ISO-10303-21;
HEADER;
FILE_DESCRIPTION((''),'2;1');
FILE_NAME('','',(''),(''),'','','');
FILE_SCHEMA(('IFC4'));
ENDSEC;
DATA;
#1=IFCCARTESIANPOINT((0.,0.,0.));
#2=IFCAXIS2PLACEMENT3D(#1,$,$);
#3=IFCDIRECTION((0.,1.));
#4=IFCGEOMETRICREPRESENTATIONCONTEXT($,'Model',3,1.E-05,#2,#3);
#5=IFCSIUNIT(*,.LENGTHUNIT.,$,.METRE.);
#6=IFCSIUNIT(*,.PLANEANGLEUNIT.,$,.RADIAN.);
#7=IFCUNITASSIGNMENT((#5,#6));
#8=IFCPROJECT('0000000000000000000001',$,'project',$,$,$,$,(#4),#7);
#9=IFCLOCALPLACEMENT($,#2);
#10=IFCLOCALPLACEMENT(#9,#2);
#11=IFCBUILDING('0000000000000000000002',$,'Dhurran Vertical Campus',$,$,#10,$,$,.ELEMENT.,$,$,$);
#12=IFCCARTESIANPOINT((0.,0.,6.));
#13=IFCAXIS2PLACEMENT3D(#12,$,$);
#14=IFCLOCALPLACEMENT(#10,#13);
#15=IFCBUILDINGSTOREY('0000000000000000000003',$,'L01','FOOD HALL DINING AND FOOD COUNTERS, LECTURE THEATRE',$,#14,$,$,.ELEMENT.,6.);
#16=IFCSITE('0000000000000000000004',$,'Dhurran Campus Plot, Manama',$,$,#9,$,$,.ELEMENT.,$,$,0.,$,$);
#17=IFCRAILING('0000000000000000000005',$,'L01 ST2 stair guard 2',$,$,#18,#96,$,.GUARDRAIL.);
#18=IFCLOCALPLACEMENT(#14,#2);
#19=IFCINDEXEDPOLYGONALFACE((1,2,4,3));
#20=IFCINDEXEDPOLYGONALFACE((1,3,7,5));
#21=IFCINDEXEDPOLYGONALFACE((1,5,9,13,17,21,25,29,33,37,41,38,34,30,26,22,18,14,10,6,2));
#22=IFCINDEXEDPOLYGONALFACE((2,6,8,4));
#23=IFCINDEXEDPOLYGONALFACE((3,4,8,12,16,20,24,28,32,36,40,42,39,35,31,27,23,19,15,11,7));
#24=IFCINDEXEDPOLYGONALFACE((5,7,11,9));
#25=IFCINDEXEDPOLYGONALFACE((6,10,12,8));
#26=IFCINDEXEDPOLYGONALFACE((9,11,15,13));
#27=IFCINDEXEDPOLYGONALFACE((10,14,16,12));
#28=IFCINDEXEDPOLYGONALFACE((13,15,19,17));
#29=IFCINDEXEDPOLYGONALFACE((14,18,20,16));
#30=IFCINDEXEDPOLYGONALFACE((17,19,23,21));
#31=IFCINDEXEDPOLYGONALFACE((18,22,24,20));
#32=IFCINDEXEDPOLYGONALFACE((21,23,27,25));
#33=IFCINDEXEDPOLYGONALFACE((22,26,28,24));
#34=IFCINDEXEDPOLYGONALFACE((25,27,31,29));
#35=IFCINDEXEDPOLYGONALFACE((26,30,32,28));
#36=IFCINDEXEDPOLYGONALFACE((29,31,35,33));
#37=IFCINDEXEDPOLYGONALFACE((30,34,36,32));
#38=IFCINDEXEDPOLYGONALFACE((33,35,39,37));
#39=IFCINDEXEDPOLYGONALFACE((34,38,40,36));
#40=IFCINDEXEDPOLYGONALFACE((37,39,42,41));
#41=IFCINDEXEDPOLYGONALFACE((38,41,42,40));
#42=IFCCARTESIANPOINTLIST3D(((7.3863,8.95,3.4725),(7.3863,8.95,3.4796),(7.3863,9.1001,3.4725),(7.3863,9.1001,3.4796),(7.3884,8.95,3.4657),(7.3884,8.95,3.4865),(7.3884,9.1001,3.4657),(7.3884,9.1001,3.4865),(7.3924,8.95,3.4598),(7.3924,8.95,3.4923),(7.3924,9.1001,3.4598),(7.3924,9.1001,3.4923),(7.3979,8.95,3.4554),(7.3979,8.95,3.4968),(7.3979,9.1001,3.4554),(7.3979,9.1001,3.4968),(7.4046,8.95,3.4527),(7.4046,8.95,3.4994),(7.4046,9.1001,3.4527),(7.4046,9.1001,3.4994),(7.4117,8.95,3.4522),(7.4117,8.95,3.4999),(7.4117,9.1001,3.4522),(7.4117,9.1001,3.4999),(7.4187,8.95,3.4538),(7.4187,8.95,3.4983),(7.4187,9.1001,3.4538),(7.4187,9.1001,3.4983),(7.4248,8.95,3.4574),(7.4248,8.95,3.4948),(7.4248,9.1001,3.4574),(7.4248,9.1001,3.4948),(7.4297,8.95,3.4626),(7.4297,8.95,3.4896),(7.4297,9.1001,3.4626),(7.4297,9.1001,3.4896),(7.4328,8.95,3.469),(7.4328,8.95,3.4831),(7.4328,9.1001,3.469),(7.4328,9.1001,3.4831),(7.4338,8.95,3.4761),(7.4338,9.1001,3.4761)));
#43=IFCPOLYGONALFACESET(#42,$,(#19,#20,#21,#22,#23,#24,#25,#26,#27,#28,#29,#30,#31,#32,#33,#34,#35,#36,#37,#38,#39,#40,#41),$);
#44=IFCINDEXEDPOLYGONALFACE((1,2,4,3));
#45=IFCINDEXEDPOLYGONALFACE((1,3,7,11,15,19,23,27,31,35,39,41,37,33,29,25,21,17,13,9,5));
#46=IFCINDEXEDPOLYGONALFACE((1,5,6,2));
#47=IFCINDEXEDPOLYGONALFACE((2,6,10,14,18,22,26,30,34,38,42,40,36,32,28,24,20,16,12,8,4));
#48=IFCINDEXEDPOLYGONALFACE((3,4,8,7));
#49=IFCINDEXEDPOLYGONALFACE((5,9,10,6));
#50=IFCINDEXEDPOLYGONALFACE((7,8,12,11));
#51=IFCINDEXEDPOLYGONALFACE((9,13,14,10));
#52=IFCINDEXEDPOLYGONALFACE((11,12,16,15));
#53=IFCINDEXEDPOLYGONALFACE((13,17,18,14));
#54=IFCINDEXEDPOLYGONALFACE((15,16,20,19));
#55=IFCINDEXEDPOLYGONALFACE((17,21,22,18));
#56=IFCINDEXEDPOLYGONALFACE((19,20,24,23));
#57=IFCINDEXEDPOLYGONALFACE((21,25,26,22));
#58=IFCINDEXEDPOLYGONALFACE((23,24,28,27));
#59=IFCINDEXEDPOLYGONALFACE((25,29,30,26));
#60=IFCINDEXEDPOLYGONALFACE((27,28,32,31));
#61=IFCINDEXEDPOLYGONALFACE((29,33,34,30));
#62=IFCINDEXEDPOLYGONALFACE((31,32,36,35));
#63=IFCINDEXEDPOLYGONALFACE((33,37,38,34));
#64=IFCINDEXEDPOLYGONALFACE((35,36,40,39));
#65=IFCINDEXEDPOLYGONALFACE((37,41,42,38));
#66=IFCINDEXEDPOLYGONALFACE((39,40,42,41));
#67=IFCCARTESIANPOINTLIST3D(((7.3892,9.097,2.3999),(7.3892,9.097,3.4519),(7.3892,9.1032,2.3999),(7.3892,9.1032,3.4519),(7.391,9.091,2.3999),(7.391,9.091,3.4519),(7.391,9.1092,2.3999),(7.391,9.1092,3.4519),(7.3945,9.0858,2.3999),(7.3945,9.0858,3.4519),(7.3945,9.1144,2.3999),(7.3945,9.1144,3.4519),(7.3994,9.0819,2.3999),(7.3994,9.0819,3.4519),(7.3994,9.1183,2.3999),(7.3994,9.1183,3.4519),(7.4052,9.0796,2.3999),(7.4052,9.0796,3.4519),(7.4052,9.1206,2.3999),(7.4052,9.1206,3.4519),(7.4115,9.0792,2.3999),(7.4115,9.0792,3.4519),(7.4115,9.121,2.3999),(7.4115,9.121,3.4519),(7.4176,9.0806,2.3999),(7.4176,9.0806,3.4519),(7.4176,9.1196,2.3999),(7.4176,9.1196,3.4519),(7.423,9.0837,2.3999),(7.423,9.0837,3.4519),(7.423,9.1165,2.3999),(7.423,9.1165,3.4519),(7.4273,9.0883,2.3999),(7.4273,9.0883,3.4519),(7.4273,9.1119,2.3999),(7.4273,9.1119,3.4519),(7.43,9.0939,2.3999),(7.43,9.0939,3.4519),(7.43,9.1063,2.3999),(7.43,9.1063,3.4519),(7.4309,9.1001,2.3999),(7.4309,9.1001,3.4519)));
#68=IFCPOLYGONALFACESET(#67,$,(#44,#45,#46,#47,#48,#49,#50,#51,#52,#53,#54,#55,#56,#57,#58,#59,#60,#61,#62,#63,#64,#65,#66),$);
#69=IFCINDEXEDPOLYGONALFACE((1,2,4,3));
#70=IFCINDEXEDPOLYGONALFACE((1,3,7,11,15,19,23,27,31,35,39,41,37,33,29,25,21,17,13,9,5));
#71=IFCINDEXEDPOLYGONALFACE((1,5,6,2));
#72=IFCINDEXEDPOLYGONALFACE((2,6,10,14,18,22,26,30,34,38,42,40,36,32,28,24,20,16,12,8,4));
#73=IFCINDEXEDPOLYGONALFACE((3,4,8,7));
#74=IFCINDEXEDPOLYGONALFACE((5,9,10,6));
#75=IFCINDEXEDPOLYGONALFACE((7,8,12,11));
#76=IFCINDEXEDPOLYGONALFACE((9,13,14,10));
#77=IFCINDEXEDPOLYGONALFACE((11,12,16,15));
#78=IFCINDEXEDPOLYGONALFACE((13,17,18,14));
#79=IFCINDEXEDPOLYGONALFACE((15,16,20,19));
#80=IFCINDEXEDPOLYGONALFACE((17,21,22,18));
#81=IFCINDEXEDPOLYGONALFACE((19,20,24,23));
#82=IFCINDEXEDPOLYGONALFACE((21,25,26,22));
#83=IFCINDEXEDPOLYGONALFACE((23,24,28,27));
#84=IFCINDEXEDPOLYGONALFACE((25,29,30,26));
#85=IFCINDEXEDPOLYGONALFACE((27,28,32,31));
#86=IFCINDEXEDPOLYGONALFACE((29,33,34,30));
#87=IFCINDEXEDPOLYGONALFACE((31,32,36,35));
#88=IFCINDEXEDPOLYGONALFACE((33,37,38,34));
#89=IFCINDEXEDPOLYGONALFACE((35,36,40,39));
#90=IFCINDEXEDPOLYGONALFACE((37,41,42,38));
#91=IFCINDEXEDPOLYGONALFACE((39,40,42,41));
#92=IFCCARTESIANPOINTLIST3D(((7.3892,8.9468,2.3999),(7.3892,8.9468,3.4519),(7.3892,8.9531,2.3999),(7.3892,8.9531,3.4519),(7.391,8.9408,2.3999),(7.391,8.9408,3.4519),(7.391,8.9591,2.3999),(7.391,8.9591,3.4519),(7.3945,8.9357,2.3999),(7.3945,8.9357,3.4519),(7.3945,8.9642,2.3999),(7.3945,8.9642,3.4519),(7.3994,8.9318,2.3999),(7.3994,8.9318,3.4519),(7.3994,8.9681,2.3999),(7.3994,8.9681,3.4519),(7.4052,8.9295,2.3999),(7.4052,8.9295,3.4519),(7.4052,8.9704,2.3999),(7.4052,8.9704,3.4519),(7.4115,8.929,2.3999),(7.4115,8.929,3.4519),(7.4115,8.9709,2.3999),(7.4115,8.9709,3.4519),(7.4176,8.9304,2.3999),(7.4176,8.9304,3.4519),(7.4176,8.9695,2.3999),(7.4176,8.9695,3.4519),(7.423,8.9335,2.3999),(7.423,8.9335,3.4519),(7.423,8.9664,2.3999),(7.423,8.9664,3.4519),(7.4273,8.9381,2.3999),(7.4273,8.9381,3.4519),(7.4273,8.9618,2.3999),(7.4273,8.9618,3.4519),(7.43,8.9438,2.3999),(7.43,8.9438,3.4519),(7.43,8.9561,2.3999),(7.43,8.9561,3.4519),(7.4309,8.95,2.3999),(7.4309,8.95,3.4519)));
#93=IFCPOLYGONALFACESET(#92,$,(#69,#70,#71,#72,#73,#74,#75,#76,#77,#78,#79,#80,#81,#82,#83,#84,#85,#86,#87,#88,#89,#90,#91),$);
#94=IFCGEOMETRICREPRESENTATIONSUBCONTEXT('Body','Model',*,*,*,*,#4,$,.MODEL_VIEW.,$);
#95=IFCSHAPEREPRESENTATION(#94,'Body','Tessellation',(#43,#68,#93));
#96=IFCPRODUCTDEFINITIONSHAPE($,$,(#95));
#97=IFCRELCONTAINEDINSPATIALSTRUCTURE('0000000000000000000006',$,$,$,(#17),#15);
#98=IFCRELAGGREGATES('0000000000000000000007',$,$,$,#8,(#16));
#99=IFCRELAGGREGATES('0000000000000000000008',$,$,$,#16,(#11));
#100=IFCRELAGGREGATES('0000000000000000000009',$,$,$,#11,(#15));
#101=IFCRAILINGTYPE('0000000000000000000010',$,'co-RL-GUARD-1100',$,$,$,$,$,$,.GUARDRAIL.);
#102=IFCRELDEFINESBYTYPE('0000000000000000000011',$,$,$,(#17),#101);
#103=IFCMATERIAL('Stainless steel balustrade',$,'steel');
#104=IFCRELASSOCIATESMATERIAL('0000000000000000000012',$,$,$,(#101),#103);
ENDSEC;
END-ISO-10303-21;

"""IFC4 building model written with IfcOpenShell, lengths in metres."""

from ifc_helpers import new_model, si_unit, direction, frame, origin, origin_2d, place, context, subcontext, project, spatial, circle, extrude, material, type_object, element, save


model = new_model("IFC4")

# Units and contexts
model_context = context("Model", 3, precision=1e-05, world=origin(), true_north=direction((0.0, 1.0)))
body_context = subcontext(model_context, "Body", "Model", "MODEL_VIEW")
ifc_project = project(units=[si_unit("LENGTHUNIT", "METRE"), si_unit("PLANEANGLEUNIT", "RADIAN")], contexts=[model_context])

# Site, building, storey
site_placement = place(None, origin())
site = spatial("IfcSite", under=ifc_project, at=site_placement, Name="Dhurran Campus Plot, Manama", CompositionType="ELEMENT", RefElevation=0.0)
building_placement = place(site_placement, origin())
building = spatial("IfcBuilding", under=site, at=building_placement, Name="Dhurran Vertical Campus", CompositionType="ELEMENT")
storey_placement = place(building_placement, frame((0.0, 0.0, 6.0)))
storey = spatial("IfcBuildingStorey", under=building, at=storey_placement, Name="L01", Description="FOOD HALL DINING AND FOOD COUNTERS, LECTURE THEATRE", CompositionType="ELEMENT", Elevation=6.0)

# Railing
ifc_material_1 = material(Name="Stainless steel balustrade", Category="steel")
railing_type_1 = type_object("IfcRailingType", Name="co-RL-GUARD-1100", PredefinedType="GUARDRAIL", material=ifc_material_1)
railing_1_placement = place(storey_placement, frame((7.4099, 9.1001, 2.3999)))
element("IfcRailing", 1, at=railing_1_placement, inside=storey, type_object=railing_type_1, Name="L01 ST2 stair guard 2", PredefinedType="GUARDRAIL", context=body_context, shape_type="SweptSolid", body=[
    extrude(circle(Radius=0.0239, at=origin_2d()), frame((0.0, 0.0, 1.0762), z_axis=(0.0, -1.0, 0.0), x_axis=(1.0, 0.0, 0.0)), (0.0, 0.0, 1.0), 0.1501),
    extrude(circle(Radius=0.021, at=origin_2d()), origin(), (0.0, 0.0, 1.0), 1.052),
    extrude(circle(Radius=0.021, at=origin_2d()), frame((0.0, -0.1501, 0.0)), (0.0, 0.0, 1.0), 1.052),
])

save(model, "model.ifc")
